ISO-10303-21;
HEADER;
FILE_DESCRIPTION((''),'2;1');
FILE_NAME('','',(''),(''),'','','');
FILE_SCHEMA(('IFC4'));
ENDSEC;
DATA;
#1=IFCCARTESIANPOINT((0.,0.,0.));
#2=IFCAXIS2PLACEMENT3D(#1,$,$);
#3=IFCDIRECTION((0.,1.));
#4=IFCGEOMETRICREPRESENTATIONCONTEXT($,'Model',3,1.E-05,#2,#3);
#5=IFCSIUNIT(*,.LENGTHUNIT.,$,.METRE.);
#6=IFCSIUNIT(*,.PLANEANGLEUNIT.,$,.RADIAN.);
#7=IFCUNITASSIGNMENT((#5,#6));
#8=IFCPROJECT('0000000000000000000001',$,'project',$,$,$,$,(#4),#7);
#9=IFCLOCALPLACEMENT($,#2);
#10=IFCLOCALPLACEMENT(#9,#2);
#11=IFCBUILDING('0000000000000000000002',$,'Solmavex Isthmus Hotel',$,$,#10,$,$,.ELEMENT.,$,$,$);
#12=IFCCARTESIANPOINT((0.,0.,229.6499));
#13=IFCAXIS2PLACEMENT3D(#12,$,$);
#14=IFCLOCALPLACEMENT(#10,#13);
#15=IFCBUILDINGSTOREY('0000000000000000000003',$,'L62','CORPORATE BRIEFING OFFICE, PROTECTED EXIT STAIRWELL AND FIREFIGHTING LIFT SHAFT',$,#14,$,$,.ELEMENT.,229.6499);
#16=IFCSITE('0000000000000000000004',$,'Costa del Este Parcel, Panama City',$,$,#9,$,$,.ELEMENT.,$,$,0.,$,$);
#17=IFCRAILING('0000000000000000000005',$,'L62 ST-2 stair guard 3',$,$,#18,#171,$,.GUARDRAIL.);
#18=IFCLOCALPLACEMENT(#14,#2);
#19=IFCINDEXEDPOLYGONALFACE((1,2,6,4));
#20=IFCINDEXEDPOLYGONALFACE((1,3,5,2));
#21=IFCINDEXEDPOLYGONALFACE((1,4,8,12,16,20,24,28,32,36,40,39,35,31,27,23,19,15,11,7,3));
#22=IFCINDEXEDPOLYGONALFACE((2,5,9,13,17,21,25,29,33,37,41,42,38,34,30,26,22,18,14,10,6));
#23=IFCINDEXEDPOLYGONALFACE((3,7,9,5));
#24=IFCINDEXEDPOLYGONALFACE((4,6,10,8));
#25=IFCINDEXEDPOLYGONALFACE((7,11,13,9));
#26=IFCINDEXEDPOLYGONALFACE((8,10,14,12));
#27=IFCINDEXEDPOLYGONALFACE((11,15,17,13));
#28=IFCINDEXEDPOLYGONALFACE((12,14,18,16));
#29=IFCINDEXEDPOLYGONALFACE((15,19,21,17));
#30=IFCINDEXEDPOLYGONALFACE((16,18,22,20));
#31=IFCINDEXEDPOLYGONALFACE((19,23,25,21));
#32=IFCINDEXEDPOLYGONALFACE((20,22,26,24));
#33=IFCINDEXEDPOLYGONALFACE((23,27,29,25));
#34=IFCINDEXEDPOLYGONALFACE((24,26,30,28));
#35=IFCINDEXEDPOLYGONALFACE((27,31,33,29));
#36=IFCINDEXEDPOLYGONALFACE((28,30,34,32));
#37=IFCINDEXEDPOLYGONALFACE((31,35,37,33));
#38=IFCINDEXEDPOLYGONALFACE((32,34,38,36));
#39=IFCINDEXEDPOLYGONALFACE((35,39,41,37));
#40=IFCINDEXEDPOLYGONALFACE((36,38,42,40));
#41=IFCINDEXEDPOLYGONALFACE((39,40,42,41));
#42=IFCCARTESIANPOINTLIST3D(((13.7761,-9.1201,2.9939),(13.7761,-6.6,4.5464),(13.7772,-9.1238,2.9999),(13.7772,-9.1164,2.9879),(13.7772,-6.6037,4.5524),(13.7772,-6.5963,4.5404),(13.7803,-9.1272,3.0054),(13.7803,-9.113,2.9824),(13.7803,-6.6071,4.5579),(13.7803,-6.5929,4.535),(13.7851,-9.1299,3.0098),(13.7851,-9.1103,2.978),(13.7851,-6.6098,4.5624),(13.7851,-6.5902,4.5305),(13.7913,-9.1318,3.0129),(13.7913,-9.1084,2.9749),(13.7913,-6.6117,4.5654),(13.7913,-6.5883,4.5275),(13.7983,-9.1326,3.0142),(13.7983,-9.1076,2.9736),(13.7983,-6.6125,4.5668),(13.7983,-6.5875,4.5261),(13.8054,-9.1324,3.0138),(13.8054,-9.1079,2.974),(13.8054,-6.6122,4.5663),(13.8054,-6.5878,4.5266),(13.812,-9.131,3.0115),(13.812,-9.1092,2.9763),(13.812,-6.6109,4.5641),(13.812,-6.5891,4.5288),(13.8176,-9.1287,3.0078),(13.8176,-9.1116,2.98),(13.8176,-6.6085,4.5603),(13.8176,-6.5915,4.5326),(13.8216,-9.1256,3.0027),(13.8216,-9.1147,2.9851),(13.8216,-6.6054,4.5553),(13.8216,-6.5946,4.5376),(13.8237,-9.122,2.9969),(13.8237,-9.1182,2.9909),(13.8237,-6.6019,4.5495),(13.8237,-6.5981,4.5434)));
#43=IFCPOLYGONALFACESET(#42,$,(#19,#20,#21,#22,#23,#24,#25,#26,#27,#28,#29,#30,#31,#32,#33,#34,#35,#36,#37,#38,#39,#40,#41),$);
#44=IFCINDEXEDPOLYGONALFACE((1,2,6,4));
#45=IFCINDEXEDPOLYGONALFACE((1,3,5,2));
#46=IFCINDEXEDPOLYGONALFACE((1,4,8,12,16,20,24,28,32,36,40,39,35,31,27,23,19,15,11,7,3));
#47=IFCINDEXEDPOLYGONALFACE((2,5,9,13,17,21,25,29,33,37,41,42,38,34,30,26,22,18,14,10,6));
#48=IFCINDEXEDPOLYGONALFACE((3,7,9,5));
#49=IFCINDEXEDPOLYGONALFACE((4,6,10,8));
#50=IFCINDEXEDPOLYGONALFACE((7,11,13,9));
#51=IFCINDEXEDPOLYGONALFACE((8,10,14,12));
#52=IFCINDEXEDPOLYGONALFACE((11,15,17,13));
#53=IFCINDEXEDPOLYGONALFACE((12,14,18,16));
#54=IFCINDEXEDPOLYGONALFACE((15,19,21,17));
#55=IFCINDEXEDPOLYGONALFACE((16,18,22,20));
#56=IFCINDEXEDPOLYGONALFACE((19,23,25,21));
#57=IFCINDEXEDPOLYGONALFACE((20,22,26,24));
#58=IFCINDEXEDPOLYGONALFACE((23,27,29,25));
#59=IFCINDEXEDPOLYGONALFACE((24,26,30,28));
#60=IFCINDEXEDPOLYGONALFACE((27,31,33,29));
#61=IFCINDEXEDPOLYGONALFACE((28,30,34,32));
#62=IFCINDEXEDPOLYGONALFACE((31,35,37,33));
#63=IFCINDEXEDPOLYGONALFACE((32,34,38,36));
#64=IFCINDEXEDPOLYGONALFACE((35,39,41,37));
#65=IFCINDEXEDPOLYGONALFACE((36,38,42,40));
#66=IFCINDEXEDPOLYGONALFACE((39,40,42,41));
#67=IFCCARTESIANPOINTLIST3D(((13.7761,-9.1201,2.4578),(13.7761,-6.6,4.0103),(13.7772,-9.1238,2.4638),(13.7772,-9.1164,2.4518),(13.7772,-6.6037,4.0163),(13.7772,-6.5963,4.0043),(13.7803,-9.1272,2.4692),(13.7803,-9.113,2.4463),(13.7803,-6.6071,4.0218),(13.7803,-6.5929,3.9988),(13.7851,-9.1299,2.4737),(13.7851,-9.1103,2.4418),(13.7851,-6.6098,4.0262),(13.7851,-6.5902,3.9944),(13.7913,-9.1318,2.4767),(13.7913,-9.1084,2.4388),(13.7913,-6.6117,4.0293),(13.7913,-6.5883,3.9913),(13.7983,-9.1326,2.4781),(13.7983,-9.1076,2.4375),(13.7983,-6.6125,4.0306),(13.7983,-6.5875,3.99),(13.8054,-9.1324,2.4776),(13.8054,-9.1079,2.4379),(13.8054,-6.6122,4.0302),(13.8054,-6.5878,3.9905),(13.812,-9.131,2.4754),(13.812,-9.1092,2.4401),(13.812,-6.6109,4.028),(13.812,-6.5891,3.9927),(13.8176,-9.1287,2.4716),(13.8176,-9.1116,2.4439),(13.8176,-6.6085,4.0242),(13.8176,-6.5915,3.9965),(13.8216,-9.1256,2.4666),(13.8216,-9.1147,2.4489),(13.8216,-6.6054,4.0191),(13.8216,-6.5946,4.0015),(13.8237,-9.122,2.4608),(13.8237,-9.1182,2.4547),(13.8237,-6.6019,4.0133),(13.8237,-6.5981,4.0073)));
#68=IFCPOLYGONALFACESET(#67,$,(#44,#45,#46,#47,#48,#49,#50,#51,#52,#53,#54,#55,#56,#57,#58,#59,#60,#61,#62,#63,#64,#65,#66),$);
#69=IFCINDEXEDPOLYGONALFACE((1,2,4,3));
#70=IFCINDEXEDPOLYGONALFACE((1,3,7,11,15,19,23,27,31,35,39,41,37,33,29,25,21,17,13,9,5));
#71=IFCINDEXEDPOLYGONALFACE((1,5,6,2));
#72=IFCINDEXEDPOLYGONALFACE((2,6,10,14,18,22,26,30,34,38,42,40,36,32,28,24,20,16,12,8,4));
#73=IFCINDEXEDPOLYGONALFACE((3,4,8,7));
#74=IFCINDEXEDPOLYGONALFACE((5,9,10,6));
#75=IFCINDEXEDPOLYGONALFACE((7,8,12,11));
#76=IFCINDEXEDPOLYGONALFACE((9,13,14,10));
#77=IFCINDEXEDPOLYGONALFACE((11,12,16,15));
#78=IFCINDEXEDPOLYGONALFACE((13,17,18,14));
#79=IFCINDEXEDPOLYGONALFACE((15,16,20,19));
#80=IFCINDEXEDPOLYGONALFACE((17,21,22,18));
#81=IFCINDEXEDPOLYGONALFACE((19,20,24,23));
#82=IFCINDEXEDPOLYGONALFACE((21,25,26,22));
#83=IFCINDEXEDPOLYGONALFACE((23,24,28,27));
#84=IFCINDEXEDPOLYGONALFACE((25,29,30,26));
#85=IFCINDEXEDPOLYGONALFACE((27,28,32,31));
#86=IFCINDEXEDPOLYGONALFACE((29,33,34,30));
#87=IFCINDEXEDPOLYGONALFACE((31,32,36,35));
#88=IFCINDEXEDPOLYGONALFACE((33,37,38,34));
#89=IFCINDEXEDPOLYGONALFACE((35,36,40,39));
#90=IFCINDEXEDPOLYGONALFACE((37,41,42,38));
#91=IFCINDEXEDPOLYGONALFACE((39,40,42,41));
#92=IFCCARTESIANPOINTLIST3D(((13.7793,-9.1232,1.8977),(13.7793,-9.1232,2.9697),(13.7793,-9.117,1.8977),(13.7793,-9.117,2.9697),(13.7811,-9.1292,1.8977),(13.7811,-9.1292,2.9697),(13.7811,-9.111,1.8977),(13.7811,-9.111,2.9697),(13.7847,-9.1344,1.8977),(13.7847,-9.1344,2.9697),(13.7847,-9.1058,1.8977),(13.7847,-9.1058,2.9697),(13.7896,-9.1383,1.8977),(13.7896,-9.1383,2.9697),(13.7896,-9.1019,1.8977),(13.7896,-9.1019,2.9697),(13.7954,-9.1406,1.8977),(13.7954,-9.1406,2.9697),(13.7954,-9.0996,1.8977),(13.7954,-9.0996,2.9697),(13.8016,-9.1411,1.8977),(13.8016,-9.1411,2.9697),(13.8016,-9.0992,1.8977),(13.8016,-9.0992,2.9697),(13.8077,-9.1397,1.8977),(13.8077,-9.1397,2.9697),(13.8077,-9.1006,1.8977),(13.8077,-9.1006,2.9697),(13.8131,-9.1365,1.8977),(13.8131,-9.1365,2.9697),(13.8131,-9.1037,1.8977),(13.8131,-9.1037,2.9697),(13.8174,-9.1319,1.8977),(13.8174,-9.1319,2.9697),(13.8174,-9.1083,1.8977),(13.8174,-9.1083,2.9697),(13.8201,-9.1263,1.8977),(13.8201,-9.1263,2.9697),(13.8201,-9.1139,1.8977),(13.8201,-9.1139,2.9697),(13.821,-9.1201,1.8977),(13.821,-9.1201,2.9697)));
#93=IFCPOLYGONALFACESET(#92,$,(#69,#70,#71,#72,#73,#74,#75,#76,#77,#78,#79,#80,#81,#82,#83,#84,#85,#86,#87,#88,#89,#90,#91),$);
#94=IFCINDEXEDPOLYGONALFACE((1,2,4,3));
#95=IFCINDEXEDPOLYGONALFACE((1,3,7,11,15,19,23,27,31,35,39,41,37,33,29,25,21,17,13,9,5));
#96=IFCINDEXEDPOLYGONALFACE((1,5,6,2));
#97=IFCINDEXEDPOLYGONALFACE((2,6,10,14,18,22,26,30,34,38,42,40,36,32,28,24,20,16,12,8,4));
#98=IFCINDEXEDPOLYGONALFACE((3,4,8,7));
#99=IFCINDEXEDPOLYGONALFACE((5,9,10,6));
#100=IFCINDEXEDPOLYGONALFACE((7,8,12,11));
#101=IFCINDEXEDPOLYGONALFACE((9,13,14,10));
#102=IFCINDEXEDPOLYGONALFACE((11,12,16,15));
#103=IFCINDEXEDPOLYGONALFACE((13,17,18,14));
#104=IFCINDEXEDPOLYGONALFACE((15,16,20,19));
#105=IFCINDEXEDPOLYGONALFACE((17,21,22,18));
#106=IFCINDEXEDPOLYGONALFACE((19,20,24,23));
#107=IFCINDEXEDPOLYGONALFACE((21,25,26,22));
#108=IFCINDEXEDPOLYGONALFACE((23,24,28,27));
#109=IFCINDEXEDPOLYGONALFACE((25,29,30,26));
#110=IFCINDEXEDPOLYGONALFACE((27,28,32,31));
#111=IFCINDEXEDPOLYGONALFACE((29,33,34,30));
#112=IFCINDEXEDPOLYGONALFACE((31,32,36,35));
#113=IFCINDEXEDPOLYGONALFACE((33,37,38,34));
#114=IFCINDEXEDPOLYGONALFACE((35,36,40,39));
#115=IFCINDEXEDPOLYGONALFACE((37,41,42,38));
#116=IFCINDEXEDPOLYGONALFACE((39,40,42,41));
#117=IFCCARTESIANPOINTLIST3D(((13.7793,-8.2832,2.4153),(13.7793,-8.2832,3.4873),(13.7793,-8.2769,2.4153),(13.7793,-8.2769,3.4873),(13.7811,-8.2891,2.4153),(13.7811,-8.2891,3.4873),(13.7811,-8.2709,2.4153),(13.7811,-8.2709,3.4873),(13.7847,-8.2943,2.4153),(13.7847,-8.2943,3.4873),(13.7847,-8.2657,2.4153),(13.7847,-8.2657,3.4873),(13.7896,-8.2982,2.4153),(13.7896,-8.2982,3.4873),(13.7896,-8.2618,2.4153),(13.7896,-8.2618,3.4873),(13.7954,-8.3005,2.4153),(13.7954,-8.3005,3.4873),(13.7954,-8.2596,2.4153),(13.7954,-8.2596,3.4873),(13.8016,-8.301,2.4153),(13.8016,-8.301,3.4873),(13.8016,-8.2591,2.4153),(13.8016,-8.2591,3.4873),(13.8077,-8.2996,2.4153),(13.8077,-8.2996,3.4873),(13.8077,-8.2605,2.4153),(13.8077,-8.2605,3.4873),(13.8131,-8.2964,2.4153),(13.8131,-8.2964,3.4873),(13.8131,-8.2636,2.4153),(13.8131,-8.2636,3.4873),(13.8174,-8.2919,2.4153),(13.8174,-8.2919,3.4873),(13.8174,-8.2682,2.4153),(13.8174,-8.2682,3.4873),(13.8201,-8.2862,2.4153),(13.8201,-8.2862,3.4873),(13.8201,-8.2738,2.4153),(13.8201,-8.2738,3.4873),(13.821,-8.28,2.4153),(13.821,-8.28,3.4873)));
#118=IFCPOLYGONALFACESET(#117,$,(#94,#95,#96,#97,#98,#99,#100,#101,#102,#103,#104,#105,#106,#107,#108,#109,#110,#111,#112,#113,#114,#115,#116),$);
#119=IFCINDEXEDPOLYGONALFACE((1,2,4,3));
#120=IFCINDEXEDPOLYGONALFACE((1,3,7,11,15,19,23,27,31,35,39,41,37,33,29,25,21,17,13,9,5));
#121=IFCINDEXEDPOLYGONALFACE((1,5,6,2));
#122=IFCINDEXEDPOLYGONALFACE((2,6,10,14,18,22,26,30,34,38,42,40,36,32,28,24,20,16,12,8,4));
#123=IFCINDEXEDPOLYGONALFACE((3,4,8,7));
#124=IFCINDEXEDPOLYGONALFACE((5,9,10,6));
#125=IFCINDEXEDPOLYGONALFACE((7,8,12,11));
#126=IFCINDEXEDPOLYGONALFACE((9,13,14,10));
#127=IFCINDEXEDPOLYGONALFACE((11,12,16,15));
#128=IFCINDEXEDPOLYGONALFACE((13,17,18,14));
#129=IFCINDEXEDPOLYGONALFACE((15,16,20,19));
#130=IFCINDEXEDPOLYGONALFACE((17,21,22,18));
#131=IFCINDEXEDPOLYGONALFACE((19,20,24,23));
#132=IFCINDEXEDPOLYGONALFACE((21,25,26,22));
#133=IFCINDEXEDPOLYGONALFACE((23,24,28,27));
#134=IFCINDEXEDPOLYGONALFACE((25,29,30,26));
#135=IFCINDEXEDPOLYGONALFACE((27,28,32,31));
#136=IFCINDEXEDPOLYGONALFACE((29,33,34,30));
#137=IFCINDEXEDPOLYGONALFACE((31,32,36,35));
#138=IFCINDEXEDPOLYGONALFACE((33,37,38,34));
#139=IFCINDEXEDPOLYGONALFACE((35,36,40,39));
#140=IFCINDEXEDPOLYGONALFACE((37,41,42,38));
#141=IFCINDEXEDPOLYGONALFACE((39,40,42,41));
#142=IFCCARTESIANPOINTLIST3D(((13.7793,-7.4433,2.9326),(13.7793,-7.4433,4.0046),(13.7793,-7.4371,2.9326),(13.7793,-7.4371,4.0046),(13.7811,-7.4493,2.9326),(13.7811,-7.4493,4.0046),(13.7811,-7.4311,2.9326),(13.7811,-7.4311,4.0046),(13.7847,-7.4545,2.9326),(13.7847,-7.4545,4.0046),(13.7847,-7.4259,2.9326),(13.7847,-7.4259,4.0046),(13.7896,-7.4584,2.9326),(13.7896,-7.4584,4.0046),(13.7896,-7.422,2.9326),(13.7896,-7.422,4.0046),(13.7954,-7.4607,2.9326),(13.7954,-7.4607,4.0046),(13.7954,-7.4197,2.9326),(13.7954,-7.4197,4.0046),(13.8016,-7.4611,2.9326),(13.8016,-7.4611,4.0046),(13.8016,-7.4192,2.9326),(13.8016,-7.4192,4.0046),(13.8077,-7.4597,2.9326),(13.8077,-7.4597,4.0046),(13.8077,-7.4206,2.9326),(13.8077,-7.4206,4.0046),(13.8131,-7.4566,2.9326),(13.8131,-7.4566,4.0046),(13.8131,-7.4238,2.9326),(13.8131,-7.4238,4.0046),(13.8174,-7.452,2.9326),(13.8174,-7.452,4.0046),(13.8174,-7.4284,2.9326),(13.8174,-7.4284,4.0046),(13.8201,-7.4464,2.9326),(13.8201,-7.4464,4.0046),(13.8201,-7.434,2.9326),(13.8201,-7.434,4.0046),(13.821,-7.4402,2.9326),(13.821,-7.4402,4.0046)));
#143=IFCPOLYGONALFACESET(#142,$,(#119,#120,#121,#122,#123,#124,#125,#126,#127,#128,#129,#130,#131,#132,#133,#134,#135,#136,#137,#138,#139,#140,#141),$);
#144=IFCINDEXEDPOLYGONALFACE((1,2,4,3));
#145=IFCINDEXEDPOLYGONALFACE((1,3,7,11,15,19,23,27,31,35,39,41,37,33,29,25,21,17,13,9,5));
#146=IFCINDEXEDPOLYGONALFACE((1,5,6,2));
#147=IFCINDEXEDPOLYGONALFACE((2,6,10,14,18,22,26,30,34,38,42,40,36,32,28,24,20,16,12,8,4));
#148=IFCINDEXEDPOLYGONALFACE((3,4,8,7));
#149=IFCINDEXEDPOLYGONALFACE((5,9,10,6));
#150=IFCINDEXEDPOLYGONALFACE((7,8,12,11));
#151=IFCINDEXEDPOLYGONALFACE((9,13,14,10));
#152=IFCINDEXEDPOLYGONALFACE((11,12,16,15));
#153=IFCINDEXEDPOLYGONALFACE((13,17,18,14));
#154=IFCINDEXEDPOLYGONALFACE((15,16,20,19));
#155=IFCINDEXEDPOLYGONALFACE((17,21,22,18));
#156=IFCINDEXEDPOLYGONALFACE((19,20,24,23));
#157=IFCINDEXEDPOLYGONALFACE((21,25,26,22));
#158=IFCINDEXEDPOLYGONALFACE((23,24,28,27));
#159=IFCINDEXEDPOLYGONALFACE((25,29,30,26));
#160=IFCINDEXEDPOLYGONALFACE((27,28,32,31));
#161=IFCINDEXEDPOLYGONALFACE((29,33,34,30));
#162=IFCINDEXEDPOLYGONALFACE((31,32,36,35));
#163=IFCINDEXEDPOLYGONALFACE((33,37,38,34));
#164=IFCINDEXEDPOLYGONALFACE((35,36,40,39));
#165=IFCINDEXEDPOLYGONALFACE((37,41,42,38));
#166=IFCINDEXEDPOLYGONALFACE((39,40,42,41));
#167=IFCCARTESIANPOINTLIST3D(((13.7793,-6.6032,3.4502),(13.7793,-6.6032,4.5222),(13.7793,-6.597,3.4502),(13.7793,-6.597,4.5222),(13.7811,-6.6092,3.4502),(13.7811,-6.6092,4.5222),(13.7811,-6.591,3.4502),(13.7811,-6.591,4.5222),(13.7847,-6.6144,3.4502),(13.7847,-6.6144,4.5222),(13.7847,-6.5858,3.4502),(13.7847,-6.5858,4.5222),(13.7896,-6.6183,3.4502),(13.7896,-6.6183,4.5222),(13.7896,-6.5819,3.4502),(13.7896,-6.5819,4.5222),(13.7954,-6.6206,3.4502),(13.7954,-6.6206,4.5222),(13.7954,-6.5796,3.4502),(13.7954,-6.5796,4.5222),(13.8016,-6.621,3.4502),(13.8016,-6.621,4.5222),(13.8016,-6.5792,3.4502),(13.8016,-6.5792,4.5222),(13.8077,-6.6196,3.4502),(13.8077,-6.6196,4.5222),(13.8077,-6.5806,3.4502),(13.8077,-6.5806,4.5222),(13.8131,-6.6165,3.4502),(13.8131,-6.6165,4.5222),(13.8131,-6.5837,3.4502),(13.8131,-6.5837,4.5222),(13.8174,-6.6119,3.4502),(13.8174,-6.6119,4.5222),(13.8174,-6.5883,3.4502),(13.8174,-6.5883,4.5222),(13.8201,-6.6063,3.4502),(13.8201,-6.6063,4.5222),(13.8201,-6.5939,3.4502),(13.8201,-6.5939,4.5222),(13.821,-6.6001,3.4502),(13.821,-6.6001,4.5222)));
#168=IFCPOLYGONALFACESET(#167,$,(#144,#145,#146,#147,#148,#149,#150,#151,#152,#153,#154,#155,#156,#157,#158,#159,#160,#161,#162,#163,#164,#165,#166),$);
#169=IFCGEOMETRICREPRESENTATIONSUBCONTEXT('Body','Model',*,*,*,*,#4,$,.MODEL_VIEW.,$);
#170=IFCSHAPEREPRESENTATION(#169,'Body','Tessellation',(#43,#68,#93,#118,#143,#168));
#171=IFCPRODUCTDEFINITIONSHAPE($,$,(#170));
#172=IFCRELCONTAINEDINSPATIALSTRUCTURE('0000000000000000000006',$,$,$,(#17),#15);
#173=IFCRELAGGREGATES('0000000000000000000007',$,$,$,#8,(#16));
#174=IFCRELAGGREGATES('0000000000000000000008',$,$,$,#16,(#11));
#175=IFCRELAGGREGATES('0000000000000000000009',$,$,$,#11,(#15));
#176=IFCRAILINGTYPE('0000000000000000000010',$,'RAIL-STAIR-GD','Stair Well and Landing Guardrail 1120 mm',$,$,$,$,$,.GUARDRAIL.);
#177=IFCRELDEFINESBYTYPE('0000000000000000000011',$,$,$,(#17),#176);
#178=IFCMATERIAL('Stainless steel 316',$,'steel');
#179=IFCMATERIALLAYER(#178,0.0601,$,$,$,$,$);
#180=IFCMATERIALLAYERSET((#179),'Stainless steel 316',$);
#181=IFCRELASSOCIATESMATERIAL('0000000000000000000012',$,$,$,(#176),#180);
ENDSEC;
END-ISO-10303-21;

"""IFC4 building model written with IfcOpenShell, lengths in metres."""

from ifc_helpers import new_model, si_unit, direction, frame, origin, origin_2d, place, context, subcontext, project, spatial, circle, extrude, material, layer, layer_set, type_object, element, save


model = new_model("IFC4")

# Units and contexts
model_context = context("Model", 3, precision=1e-05, world=origin(), true_north=direction((0.0, 1.0)))
body_context = subcontext(model_context, "Body", "Model", "MODEL_VIEW")
ifc_project = project(units=[si_unit("LENGTHUNIT", "METRE"), si_unit("PLANEANGLEUNIT", "RADIAN")], contexts=[model_context])

# Site, building, storey
site_placement = place(None, origin())
site = spatial("IfcSite", under=ifc_project, at=site_placement, Name="Costa del Este Parcel, Panama City", CompositionType="ELEMENT", RefElevation=0.0)
building_placement = place(site_placement, origin())
building = spatial("IfcBuilding", under=site, at=building_placement, Name="Solmavex Isthmus Hotel", CompositionType="ELEMENT")
storey_placement = place(building_placement, frame((0.0, 0.0, 229.6499)))
storey = spatial("IfcBuildingStorey", under=building, at=storey_placement, Name="L62", Description="CORPORATE BRIEFING OFFICE, PROTECTED EXIT STAIRWELL AND FIREFIGHTING LIFT SHAFT", CompositionType="ELEMENT", Elevation=229.6499)

# Railing
ifc_material_1 = material(Name="Stainless steel 316", Category="steel")
ifc_layer_1 = layer(ifc_material_1, 0.0601)
ifc_layer_set_1 = layer_set([ifc_layer_1], Name="Stainless steel 316")
railing_type = type_object("IfcRailingType", Name="RAIL-STAIR-GD", Description="Stair Well and Landing Guardrail 1120 mm", PredefinedType="GUARDRAIL", material=ifc_layer_set_1)
railing_1_placement = place(storey_placement, frame((13.8, -9.1201, 1.8977)))
element("IfcRailing", 1, at=railing_1_placement, inside=storey, type_object=railing_type, Name="L62 ST-2 stair guard 3", PredefinedType="GUARDRAIL", context=body_context, shape_type="SweptSolid", body=[
    extrude(circle(Radius=0.0239, at=origin_2d()), frame((0.0, 0.0, 1.0962), z_axis=(0.0, 0.8514, 0.524516), x_axis=(-1.0, 0.0, 0.0)), (0.0, 0.0, 1.0), 2.96),
    extrude(circle(Radius=0.0239, at=origin_2d()), frame((0.0, 0.0, 0.5601), z_axis=(0.0, 0.8514, 0.524516), x_axis=(-1.0, 0.0, 0.0)), (0.0, 0.0, 1.0), 2.96),
    extrude(circle(Radius=0.021, at=origin_2d()), origin(), (0.0, 0.0, 1.0), 1.072),
    extrude(circle(Radius=0.021, at=origin_2d()), frame((0.0, 0.8401, 0.5176)), (0.0, 0.0, 1.0), 1.072),
    extrude(circle(Radius=0.021, at=origin_2d()), frame((0.0, 1.6799, 1.0349)), (0.0, 0.0, 1.0), 1.072),
    extrude(circle(Radius=0.021, at=origin_2d()), frame((0.0, 2.52, 1.5525)), (0.0, 0.0, 1.0), 1.072),
])

save(model, "model.ifc")
